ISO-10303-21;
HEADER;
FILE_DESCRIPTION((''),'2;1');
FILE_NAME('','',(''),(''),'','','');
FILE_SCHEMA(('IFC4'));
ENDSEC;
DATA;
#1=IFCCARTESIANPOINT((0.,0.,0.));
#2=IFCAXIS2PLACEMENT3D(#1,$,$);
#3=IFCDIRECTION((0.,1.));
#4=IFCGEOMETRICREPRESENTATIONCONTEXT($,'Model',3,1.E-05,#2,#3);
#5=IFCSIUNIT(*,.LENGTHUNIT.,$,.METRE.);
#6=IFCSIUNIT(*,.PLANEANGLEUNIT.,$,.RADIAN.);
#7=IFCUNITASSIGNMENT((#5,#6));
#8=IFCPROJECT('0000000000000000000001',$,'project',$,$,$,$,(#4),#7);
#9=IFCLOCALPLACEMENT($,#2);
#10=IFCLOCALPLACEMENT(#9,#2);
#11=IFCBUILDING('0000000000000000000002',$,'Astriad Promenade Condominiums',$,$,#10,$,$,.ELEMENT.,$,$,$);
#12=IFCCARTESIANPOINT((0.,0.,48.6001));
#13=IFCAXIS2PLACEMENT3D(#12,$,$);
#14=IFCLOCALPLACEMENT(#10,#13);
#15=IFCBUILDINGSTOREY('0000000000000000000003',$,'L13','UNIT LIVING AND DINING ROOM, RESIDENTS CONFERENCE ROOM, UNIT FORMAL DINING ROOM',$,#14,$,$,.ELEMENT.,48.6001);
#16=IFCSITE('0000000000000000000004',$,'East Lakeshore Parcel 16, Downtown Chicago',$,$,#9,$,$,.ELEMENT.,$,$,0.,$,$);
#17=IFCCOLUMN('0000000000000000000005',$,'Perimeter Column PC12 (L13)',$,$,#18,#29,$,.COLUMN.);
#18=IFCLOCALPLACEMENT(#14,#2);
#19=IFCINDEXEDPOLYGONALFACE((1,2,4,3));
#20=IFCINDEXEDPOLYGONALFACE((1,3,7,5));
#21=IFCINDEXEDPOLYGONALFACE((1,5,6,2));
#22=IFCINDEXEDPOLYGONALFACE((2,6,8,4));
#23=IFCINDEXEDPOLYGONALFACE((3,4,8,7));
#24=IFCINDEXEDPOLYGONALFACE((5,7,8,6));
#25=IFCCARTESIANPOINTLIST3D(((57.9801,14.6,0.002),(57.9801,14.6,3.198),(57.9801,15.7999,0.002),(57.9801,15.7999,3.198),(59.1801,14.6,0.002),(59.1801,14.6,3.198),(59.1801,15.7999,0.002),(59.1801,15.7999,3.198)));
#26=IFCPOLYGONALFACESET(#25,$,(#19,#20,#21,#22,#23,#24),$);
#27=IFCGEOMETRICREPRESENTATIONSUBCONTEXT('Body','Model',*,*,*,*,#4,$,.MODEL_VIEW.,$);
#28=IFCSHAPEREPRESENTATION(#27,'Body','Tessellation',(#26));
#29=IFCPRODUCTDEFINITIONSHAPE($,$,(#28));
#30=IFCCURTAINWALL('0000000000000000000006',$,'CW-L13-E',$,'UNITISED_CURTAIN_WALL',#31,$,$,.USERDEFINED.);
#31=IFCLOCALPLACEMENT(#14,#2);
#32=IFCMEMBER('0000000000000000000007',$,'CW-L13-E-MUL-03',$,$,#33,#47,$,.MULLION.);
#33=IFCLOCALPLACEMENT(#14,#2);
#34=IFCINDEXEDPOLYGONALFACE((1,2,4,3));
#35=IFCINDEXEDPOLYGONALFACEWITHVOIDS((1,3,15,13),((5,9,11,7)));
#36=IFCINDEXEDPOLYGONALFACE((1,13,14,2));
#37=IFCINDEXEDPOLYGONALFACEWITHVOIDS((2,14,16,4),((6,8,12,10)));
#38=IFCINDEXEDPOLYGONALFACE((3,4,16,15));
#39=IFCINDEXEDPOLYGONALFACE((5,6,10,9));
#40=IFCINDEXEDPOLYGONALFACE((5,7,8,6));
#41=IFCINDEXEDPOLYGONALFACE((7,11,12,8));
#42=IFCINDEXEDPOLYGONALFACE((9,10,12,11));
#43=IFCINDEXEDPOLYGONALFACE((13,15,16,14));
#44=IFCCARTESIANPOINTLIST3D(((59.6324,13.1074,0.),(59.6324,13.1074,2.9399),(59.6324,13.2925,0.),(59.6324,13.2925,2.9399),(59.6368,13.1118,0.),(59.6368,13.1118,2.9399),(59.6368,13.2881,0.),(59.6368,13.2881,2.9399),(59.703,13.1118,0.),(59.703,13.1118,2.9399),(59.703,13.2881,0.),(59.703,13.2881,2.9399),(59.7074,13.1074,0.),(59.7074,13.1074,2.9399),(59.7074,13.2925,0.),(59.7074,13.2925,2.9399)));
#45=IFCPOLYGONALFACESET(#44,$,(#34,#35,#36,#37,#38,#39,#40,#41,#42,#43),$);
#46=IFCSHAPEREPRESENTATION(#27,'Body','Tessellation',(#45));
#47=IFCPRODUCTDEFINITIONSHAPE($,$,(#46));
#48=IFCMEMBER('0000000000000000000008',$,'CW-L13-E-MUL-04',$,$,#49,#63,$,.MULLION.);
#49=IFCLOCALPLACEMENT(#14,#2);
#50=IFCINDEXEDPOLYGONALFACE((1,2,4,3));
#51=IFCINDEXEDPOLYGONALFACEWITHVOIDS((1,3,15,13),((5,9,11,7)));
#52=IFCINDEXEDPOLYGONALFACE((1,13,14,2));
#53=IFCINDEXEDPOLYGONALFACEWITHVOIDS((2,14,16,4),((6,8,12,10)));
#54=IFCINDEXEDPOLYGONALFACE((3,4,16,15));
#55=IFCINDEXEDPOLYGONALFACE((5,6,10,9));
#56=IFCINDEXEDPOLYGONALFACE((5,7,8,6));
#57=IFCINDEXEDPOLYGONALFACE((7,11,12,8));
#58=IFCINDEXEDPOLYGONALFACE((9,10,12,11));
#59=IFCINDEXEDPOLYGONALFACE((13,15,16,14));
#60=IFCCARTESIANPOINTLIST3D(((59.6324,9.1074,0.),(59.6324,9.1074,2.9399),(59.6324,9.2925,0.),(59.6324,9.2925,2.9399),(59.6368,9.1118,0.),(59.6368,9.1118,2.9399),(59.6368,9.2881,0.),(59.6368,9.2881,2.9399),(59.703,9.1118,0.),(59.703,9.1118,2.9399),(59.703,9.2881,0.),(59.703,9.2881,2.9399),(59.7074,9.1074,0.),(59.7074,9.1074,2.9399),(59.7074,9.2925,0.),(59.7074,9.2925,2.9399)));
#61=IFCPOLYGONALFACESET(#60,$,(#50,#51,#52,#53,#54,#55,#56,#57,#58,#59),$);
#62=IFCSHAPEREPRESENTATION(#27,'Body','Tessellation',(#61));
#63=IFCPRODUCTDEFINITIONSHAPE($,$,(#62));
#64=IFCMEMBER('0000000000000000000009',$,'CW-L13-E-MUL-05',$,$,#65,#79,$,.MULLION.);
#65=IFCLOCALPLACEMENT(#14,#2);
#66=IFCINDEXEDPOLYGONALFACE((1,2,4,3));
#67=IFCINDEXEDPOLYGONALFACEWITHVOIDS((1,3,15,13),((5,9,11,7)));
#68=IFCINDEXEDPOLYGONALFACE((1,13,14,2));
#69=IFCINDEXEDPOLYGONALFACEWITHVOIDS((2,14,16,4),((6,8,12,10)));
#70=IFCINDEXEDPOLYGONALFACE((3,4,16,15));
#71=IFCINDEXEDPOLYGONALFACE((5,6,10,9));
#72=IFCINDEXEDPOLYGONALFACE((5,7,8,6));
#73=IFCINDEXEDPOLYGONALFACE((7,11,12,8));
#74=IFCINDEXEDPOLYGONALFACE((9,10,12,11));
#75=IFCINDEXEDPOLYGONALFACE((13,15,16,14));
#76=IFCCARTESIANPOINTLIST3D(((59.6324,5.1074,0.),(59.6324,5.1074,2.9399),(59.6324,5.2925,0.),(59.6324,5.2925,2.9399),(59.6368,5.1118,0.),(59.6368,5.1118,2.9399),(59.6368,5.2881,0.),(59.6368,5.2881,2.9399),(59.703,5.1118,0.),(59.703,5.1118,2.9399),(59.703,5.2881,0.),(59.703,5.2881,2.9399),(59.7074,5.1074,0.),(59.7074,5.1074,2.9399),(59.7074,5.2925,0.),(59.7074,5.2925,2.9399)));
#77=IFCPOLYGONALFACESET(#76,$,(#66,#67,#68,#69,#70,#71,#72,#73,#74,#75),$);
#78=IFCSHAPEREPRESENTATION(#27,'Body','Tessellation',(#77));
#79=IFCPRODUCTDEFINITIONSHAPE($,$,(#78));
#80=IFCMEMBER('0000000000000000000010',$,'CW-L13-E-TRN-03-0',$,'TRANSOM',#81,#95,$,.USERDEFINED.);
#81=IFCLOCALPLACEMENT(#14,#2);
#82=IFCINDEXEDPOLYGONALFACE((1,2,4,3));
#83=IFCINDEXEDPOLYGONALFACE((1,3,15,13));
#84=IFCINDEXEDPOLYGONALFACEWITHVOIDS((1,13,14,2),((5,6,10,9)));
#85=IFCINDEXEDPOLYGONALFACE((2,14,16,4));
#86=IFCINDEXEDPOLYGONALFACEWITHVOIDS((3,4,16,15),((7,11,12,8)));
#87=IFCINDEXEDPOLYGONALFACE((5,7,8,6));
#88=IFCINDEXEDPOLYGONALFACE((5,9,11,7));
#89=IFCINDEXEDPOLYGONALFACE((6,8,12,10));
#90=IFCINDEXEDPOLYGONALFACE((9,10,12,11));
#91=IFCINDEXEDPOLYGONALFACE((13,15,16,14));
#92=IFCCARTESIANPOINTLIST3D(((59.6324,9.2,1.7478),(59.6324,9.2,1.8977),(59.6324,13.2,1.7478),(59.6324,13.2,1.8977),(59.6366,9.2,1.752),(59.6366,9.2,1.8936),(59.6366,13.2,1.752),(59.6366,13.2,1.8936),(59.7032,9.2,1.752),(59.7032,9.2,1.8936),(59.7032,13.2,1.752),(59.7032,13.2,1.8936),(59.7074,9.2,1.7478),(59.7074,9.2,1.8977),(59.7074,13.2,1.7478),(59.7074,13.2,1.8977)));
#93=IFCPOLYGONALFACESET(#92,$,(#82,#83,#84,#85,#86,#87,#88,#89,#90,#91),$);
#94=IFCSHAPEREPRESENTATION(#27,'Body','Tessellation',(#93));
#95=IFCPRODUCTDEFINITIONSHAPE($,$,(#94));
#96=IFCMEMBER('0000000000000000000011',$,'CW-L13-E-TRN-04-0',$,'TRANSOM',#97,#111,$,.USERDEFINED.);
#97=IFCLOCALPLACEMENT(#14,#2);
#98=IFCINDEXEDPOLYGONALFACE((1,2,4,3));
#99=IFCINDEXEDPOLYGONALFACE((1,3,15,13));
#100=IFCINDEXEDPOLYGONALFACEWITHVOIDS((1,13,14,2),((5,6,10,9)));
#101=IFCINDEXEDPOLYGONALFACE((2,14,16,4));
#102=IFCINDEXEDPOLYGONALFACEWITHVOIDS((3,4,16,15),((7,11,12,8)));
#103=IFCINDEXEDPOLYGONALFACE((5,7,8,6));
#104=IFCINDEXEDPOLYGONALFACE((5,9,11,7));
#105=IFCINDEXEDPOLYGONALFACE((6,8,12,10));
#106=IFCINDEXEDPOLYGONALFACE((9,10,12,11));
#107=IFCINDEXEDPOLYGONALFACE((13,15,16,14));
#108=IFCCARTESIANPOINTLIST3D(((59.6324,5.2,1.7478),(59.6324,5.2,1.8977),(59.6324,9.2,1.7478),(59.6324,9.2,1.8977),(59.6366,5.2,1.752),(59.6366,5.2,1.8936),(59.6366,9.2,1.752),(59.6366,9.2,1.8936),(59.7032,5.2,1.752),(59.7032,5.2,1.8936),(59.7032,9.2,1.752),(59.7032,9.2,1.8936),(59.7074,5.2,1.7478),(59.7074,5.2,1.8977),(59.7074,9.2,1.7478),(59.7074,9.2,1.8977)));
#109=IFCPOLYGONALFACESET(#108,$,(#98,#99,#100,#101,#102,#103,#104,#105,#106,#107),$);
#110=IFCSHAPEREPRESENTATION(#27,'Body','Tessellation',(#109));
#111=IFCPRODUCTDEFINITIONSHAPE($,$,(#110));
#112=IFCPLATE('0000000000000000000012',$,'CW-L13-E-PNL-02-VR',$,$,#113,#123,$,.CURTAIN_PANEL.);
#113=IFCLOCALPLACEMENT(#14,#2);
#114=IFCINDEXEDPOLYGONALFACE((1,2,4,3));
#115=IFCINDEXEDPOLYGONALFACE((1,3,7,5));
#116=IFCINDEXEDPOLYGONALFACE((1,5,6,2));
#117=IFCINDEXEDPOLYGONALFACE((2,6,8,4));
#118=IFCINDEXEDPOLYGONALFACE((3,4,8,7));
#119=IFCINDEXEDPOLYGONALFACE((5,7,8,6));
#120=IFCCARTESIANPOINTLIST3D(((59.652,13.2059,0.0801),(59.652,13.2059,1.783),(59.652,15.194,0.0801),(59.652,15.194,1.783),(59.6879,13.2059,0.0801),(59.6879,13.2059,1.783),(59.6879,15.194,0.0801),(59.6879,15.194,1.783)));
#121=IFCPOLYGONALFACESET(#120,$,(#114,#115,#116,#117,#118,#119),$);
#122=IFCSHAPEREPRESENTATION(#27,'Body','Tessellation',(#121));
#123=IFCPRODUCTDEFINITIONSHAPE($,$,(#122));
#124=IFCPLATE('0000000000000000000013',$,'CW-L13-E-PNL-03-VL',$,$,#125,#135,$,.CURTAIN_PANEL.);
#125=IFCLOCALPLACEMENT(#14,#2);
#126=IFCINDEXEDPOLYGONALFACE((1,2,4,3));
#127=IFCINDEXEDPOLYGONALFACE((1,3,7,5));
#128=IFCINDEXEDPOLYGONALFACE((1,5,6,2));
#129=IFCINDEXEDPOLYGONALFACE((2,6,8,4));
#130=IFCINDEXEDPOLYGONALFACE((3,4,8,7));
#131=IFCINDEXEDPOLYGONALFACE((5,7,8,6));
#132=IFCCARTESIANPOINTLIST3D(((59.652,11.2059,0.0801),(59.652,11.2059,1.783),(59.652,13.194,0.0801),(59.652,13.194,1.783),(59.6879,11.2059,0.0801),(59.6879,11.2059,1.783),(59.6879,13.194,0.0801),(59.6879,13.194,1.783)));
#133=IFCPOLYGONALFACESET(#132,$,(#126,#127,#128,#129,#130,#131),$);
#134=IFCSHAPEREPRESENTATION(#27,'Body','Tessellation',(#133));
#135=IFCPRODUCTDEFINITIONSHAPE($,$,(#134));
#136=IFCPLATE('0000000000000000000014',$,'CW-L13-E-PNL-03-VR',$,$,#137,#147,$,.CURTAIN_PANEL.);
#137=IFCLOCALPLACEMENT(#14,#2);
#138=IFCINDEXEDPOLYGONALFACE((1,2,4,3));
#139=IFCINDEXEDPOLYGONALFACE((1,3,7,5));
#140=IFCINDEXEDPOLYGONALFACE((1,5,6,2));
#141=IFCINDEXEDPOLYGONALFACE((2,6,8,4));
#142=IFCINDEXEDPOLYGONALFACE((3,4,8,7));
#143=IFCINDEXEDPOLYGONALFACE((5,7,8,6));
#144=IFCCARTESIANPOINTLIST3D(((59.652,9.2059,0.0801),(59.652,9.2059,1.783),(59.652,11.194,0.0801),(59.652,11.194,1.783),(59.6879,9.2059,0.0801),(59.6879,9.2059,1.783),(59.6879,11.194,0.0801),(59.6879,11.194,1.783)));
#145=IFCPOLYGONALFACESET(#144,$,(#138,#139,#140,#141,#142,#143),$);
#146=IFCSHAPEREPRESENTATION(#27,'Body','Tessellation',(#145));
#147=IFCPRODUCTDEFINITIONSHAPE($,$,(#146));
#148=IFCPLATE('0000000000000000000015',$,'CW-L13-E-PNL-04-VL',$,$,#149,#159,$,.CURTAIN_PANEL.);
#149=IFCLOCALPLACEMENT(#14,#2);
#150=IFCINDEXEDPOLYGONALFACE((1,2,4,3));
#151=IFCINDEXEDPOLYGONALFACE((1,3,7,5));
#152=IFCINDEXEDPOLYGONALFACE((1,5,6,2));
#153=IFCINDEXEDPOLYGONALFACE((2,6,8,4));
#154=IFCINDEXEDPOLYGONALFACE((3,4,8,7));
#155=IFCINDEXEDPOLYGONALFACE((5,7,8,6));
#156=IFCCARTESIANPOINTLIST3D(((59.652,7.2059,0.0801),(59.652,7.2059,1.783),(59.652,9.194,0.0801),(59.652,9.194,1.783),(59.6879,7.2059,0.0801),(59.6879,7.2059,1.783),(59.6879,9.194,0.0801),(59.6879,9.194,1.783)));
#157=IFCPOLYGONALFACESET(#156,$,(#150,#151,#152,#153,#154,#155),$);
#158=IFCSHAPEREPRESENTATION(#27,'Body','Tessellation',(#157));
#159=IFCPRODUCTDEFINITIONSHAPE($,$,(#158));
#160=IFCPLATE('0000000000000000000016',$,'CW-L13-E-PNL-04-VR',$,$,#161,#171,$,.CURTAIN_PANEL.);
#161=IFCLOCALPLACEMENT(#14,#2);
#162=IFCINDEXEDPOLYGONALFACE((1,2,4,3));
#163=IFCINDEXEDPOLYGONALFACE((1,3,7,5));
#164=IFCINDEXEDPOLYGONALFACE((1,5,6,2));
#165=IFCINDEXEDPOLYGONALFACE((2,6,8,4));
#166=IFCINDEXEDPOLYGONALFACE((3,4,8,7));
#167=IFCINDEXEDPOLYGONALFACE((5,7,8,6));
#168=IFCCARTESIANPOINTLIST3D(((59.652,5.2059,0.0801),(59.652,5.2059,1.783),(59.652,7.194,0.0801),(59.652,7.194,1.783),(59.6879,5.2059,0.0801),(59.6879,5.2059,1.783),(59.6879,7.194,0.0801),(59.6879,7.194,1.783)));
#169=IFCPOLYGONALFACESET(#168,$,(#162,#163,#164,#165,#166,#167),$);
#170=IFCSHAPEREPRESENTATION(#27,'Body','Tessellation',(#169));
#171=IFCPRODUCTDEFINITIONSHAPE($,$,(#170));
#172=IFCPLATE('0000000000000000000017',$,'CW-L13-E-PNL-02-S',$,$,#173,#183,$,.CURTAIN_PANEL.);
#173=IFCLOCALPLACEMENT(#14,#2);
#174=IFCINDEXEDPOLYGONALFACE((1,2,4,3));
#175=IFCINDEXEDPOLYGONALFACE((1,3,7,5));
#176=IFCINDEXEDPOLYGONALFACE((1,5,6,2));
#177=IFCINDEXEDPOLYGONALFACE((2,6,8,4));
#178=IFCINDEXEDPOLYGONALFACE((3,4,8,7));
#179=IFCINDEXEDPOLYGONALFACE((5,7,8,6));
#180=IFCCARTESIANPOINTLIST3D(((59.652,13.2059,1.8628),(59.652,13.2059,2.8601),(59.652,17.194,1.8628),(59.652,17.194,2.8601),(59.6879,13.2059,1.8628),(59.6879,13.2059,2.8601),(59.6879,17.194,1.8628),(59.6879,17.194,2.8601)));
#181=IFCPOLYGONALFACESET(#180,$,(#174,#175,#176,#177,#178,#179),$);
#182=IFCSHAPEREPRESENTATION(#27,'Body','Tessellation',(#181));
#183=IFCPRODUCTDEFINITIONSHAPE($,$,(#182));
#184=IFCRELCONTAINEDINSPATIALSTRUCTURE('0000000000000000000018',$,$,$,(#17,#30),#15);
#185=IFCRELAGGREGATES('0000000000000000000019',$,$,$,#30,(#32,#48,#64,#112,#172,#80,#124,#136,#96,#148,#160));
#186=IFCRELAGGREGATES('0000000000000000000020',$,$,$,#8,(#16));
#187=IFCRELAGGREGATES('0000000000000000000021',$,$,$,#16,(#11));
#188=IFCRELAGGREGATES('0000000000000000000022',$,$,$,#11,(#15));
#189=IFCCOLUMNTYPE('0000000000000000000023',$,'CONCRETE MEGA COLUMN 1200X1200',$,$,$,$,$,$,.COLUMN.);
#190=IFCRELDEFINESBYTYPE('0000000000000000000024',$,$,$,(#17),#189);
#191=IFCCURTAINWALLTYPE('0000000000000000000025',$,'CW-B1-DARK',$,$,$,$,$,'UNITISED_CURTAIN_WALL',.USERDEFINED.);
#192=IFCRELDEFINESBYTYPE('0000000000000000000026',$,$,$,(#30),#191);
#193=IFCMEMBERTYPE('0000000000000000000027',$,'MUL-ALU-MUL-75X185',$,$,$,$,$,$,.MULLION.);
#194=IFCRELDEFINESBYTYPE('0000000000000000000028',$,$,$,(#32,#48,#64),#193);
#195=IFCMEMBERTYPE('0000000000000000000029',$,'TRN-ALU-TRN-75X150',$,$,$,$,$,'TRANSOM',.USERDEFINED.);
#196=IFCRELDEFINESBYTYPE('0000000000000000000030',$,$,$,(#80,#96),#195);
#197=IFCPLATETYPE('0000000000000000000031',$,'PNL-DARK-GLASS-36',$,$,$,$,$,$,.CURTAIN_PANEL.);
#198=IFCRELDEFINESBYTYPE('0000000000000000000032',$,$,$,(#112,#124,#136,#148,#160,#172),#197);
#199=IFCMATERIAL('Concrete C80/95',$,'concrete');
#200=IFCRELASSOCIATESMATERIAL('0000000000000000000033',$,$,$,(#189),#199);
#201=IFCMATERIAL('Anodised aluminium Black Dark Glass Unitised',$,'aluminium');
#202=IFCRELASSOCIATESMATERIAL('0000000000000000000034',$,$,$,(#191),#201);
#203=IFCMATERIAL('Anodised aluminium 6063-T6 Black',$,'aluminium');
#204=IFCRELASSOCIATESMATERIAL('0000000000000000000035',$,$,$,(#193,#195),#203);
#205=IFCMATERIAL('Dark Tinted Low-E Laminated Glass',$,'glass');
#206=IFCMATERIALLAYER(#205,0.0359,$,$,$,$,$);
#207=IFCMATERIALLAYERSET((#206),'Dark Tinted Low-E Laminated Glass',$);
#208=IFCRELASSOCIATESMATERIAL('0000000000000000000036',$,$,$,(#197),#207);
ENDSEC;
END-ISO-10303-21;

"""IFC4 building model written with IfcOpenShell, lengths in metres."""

from ifc_helpers import new_model, si_unit, direction, frame, origin, origin_2d, place, context, subcontext, project, spatial, rectangle, hollow_rectangle, extrude, source, transform, mapped, material, layer, layer_set, material_profile, profile_set, type_object, type_shapes, element, aggregate, save


model = new_model("IFC4")

# Units and contexts
model_context = context("Model", 3, precision=1e-05, world=origin(), true_north=direction((0.0, 1.0)))
body_context = subcontext(model_context, "Body", "Model", "MODEL_VIEW")
ifc_project = project(units=[si_unit("LENGTHUNIT", "METRE"), si_unit("PLANEANGLEUNIT", "RADIAN")], contexts=[model_context])

# Site, building, storey
site_placement = place(None, origin())
site = spatial("IfcSite", under=ifc_project, at=site_placement, Name="East Lakeshore Parcel 16, Downtown Chicago", CompositionType="ELEMENT", RefElevation=0.0)
building_placement = place(site_placement, origin())
building = spatial("IfcBuilding", under=site, at=building_placement, Name="Astriad Promenade Condominiums", CompositionType="ELEMENT")
storey_placement = place(building_placement, frame((0.0, 0.0, 48.6001)))
storey = spatial("IfcBuildingStorey", under=building, at=storey_placement, Name="L13", Description="UNIT LIVING AND DINING ROOM, RESIDENTS CONFERENCE ROOM, UNIT FORMAL DINING ROOM", CompositionType="ELEMENT", Elevation=48.6001)

# Column
ifc_material_1 = material(Name="Concrete C80/95", Category="concrete")
ifc_material_profile_1 = material_profile(ifc_material_1, rectangle(XDim=1.2, YDim=1.2, at=origin_2d()), Name="RC-COL-1200X1200")
ifc_profile_set_1 = profile_set([ifc_material_profile_1], Name="Concrete C80/95")
column_type = type_object("IfcColumnType", Name="CONCRETE MEGA COLUMN 1200X1200", PredefinedType="COLUMN", material=ifc_profile_set_1)
shared_shape_1 = source(origin(), body_context, "Body", "SweptSolid", [
    extrude(rectangle(XDim=1.2, YDim=1.2, at=origin_2d()), origin(), (0.0, 0.0, 1.0), 3.196),
])
type_shapes(column_type, [shared_shape_1])
column_placement = place(storey_placement, frame((58.5801, 15.2, 0.002), z_axis=(0.0, 0.0, 1.0), x_axis=(1.0, 0.0, 0.0)))
element("IfcColumn", 1, at=column_placement, inside=storey, type_object=column_type, Name="Perimeter Column PC12 (L13)", PredefinedType="COLUMN", context=body_context, shape_type="MappedRepresentation", body=[
    mapped(shared_shape_1, transform((0.0, 0.0, 0.0), scale=1.0)),
])

# Curtain wall, members, plates
ifc_material_2 = material(Name="Anodised aluminium Black Dark Glass Unitised", Category="aluminium")
curtain_wall_type = type_object("IfcCurtainWallType", Name="CW-B1-DARK", ElementType="UNITISED_CURTAIN_WALL", PredefinedType="USERDEFINED", material=ifc_material_2)
curtain_wall_placement = place(storey_placement, origin())
curtain_wall = element("IfcCurtainWall", 2, at=curtain_wall_placement, inside=storey, type_object=curtain_wall_type, Name="CW-L13-E", ObjectType="UNITISED_CURTAIN_WALL", PredefinedType="USERDEFINED")
ifc_material_3 = material(Name="Anodised aluminium 6063-T6 Black", Category="aluminium")
ifc_material_profile_2 = material_profile(ifc_material_3, hollow_rectangle(XDim=0.075, YDim=0.1851, WallThickness=0.0044, at=origin_2d()), Name="ALU-MUL-75X185")
ifc_profile_set_2 = profile_set([ifc_material_profile_2], Name="Anodised aluminium 6063-T6 Black")
member_type_1 = type_object("IfcMemberType", Name="MUL-ALU-MUL-75X185", PredefinedType="MULLION", material=ifc_profile_set_2)
shared_shape_2 = source(origin(), body_context, "Body", "SweptSolid", [
    extrude(hollow_rectangle(XDim=0.075, YDim=0.1851, WallThickness=0.0044, at=origin_2d()), origin(), (0.0, 0.0, 1.0), 2.9399),
])
type_shapes(member_type_1, [shared_shape_2])
member_1_placement = place(storey_placement, frame((59.6699, 13.2, 0.0), z_axis=(0.0, 0.0, 1.0), x_axis=(1.0, 0.0, 0.0)))
member_1 = element("IfcMember", 3, at=member_1_placement, type_object=member_type_1, Name="CW-L13-E-MUL-03", PredefinedType="MULLION", context=body_context, shape_type="MappedRepresentation", body=[
    mapped(shared_shape_2, transform((0.0, 0.0, 0.0), scale=1.0)),
])
member_2_placement = place(storey_placement, frame((59.6699, 9.2, 0.0), z_axis=(0.0, 0.0, 1.0), x_axis=(1.0, 0.0, 0.0)))
member_2 = element("IfcMember", 4, at=member_2_placement, type_object=member_type_1, Name="CW-L13-E-MUL-04", PredefinedType="MULLION", context=body_context, shape_type="MappedRepresentation", body=[
    mapped(shared_shape_2, transform((0.0, 0.0, 0.0), scale=1.0)),
])
member_3_placement = place(storey_placement, frame((59.6699, 5.2, 0.0), z_axis=(0.0, 0.0, 1.0), x_axis=(1.0, 0.0, 0.0)))
member_3 = element("IfcMember", 5, at=member_3_placement, type_object=member_type_1, Name="CW-L13-E-MUL-05", PredefinedType="MULLION", context=body_context, shape_type="MappedRepresentation", body=[
    mapped(shared_shape_2, transform((0.0, 0.0, 0.0), scale=1.0)),
])
ifc_material_profile_3 = material_profile(ifc_material_3, hollow_rectangle(XDim=0.075, YDim=0.1499, WallThickness=0.0042, at=origin_2d()), Name="ALU-TRN-75X150")
ifc_profile_set_3 = profile_set([ifc_material_profile_3], Name="Anodised aluminium 6063-T6 Black")
member_type_2 = type_object("IfcMemberType", Name="TRN-ALU-TRN-75X150", ElementType="TRANSOM", PredefinedType="USERDEFINED", material=ifc_profile_set_3)
shared_shape_3 = source(origin(), body_context, "Body", "SweptSolid", [
    extrude(hollow_rectangle(XDim=0.075, YDim=0.1499, WallThickness=0.0042, at=origin_2d()), origin(), (0.0, 0.0, 1.0), 4.0),
])
type_shapes(member_type_2, [shared_shape_3])
member_4_placement = place(storey_placement, frame((59.6699, 13.2, 1.8228), z_axis=(0.0, -1.0, 0.0), x_axis=(1.0, 0.0, 0.0)))
member_4 = element("IfcMember", 6, at=member_4_placement, type_object=member_type_2, Name="CW-L13-E-TRN-03-0", ObjectType="TRANSOM", PredefinedType="USERDEFINED", context=body_context, shape_type="MappedRepresentation", body=[
    mapped(shared_shape_3, transform((0.0, 0.0, 0.0), scale=1.0)),
])
member_5_placement = place(storey_placement, frame((59.6699, 9.2, 1.8228), z_axis=(0.0, -1.0, 0.0), x_axis=(1.0, 0.0, 0.0)))
member_5 = element("IfcMember", 7, at=member_5_placement, type_object=member_type_2, Name="CW-L13-E-TRN-04-0", ObjectType="TRANSOM", PredefinedType="USERDEFINED", context=body_context, shape_type="MappedRepresentation", body=[
    mapped(shared_shape_3, transform((0.0, 0.0, 0.0), scale=1.0)),
])
ifc_material_4 = material(Name="Dark Tinted Low-E Laminated Glass", Category="glass")
ifc_layer_1 = layer(ifc_material_4, 0.0359)
ifc_layer_set_1 = layer_set([ifc_layer_1], Name="Dark Tinted Low-E Laminated Glass")
plate_type = type_object("IfcPlateType", Name="PNL-DARK-GLASS-36", PredefinedType="CURTAIN_PANEL", material=ifc_layer_set_1)
shared_shape_4 = source(origin(), body_context, "Body", "SweptSolid", [
    extrude(rectangle(XDim=1.988, YDim=0.0359, at=origin_2d()), origin(), (0.0, 0.0, 1.0), 1.7029),
])
plate_1_placement = place(storey_placement, frame((59.6699, 14.2, 0.0801), z_axis=(0.0, 0.0, 1.0), x_axis=(0.0, -1.0, 0.0)))
plate_1 = element("IfcPlate", 8, at=plate_1_placement, type_object=plate_type, Name="CW-L13-E-PNL-02-VR", PredefinedType="CURTAIN_PANEL", context=body_context, shape_type="MappedRepresentation", body=[
    mapped(shared_shape_4, transform((0.0, 0.0, 0.0), scale=1.0)),
])
plate_2_placement = place(storey_placement, frame((59.6699, 12.2, 0.0801), z_axis=(0.0, 0.0, 1.0), x_axis=(0.0, -1.0, 0.0)))
plate_2 = element("IfcPlate", 9, at=plate_2_placement, type_object=plate_type, Name="CW-L13-E-PNL-03-VL", PredefinedType="CURTAIN_PANEL", context=body_context, shape_type="MappedRepresentation", body=[
    mapped(shared_shape_4, transform((0.0, 0.0, 0.0), scale=1.0)),
])
plate_3_placement = place(storey_placement, frame((59.6699, 10.2, 0.0801), z_axis=(0.0, 0.0, 1.0), x_axis=(0.0, -1.0, 0.0)))
plate_3 = element("IfcPlate", 10, at=plate_3_placement, type_object=plate_type, Name="CW-L13-E-PNL-03-VR", PredefinedType="CURTAIN_PANEL", context=body_context, shape_type="MappedRepresentation", body=[
    mapped(shared_shape_4, transform((0.0, 0.0, 0.0), scale=1.0)),
])
plate_4_placement = place(storey_placement, frame((59.6699, 8.2, 0.0801), z_axis=(0.0, 0.0, 1.0), x_axis=(0.0, -1.0, 0.0)))
plate_4 = element("IfcPlate", 11, at=plate_4_placement, type_object=plate_type, Name="CW-L13-E-PNL-04-VL", PredefinedType="CURTAIN_PANEL", context=body_context, shape_type="MappedRepresentation", body=[
    mapped(shared_shape_4, transform((0.0, 0.0, 0.0), scale=1.0)),
])
plate_5_placement = place(storey_placement, frame((59.6699, 6.2, 0.0801), z_axis=(0.0, 0.0, 1.0), x_axis=(0.0, -1.0, 0.0)))
plate_5 = element("IfcPlate", 12, at=plate_5_placement, type_object=plate_type, Name="CW-L13-E-PNL-04-VR", PredefinedType="CURTAIN_PANEL", context=body_context, shape_type="MappedRepresentation", body=[
    mapped(shared_shape_4, transform((0.0, 0.0, 0.0), scale=1.0)),
])
shared_shape_5 = source(origin(), body_context, "Body", "SweptSolid", [
    extrude(rectangle(XDim=3.988, YDim=0.0359, at=origin_2d()), origin(), (0.0, 0.0, 1.0), 0.9973),
])
type_shapes(plate_type, [shared_shape_4, shared_shape_5])
plate_6_placement = place(storey_placement, frame((59.6699, 15.2, 1.8628), z_axis=(0.0, 0.0, 1.0), x_axis=(0.0, -1.0, 0.0)))
plate_6 = element("IfcPlate", 13, at=plate_6_placement, type_object=plate_type, Name="CW-L13-E-PNL-02-S", PredefinedType="CURTAIN_PANEL", context=body_context, shape_type="MappedRepresentation", body=[
    mapped(shared_shape_5, transform((0.0, 0.0, 0.0), scale=1.0)),
])
aggregate(curtain_wall, [member_1, member_2, member_3, plate_1, plate_6, member_4, plate_2, plate_3, member_5, plate_4, plate_5])

save(model, "model.ifc")
